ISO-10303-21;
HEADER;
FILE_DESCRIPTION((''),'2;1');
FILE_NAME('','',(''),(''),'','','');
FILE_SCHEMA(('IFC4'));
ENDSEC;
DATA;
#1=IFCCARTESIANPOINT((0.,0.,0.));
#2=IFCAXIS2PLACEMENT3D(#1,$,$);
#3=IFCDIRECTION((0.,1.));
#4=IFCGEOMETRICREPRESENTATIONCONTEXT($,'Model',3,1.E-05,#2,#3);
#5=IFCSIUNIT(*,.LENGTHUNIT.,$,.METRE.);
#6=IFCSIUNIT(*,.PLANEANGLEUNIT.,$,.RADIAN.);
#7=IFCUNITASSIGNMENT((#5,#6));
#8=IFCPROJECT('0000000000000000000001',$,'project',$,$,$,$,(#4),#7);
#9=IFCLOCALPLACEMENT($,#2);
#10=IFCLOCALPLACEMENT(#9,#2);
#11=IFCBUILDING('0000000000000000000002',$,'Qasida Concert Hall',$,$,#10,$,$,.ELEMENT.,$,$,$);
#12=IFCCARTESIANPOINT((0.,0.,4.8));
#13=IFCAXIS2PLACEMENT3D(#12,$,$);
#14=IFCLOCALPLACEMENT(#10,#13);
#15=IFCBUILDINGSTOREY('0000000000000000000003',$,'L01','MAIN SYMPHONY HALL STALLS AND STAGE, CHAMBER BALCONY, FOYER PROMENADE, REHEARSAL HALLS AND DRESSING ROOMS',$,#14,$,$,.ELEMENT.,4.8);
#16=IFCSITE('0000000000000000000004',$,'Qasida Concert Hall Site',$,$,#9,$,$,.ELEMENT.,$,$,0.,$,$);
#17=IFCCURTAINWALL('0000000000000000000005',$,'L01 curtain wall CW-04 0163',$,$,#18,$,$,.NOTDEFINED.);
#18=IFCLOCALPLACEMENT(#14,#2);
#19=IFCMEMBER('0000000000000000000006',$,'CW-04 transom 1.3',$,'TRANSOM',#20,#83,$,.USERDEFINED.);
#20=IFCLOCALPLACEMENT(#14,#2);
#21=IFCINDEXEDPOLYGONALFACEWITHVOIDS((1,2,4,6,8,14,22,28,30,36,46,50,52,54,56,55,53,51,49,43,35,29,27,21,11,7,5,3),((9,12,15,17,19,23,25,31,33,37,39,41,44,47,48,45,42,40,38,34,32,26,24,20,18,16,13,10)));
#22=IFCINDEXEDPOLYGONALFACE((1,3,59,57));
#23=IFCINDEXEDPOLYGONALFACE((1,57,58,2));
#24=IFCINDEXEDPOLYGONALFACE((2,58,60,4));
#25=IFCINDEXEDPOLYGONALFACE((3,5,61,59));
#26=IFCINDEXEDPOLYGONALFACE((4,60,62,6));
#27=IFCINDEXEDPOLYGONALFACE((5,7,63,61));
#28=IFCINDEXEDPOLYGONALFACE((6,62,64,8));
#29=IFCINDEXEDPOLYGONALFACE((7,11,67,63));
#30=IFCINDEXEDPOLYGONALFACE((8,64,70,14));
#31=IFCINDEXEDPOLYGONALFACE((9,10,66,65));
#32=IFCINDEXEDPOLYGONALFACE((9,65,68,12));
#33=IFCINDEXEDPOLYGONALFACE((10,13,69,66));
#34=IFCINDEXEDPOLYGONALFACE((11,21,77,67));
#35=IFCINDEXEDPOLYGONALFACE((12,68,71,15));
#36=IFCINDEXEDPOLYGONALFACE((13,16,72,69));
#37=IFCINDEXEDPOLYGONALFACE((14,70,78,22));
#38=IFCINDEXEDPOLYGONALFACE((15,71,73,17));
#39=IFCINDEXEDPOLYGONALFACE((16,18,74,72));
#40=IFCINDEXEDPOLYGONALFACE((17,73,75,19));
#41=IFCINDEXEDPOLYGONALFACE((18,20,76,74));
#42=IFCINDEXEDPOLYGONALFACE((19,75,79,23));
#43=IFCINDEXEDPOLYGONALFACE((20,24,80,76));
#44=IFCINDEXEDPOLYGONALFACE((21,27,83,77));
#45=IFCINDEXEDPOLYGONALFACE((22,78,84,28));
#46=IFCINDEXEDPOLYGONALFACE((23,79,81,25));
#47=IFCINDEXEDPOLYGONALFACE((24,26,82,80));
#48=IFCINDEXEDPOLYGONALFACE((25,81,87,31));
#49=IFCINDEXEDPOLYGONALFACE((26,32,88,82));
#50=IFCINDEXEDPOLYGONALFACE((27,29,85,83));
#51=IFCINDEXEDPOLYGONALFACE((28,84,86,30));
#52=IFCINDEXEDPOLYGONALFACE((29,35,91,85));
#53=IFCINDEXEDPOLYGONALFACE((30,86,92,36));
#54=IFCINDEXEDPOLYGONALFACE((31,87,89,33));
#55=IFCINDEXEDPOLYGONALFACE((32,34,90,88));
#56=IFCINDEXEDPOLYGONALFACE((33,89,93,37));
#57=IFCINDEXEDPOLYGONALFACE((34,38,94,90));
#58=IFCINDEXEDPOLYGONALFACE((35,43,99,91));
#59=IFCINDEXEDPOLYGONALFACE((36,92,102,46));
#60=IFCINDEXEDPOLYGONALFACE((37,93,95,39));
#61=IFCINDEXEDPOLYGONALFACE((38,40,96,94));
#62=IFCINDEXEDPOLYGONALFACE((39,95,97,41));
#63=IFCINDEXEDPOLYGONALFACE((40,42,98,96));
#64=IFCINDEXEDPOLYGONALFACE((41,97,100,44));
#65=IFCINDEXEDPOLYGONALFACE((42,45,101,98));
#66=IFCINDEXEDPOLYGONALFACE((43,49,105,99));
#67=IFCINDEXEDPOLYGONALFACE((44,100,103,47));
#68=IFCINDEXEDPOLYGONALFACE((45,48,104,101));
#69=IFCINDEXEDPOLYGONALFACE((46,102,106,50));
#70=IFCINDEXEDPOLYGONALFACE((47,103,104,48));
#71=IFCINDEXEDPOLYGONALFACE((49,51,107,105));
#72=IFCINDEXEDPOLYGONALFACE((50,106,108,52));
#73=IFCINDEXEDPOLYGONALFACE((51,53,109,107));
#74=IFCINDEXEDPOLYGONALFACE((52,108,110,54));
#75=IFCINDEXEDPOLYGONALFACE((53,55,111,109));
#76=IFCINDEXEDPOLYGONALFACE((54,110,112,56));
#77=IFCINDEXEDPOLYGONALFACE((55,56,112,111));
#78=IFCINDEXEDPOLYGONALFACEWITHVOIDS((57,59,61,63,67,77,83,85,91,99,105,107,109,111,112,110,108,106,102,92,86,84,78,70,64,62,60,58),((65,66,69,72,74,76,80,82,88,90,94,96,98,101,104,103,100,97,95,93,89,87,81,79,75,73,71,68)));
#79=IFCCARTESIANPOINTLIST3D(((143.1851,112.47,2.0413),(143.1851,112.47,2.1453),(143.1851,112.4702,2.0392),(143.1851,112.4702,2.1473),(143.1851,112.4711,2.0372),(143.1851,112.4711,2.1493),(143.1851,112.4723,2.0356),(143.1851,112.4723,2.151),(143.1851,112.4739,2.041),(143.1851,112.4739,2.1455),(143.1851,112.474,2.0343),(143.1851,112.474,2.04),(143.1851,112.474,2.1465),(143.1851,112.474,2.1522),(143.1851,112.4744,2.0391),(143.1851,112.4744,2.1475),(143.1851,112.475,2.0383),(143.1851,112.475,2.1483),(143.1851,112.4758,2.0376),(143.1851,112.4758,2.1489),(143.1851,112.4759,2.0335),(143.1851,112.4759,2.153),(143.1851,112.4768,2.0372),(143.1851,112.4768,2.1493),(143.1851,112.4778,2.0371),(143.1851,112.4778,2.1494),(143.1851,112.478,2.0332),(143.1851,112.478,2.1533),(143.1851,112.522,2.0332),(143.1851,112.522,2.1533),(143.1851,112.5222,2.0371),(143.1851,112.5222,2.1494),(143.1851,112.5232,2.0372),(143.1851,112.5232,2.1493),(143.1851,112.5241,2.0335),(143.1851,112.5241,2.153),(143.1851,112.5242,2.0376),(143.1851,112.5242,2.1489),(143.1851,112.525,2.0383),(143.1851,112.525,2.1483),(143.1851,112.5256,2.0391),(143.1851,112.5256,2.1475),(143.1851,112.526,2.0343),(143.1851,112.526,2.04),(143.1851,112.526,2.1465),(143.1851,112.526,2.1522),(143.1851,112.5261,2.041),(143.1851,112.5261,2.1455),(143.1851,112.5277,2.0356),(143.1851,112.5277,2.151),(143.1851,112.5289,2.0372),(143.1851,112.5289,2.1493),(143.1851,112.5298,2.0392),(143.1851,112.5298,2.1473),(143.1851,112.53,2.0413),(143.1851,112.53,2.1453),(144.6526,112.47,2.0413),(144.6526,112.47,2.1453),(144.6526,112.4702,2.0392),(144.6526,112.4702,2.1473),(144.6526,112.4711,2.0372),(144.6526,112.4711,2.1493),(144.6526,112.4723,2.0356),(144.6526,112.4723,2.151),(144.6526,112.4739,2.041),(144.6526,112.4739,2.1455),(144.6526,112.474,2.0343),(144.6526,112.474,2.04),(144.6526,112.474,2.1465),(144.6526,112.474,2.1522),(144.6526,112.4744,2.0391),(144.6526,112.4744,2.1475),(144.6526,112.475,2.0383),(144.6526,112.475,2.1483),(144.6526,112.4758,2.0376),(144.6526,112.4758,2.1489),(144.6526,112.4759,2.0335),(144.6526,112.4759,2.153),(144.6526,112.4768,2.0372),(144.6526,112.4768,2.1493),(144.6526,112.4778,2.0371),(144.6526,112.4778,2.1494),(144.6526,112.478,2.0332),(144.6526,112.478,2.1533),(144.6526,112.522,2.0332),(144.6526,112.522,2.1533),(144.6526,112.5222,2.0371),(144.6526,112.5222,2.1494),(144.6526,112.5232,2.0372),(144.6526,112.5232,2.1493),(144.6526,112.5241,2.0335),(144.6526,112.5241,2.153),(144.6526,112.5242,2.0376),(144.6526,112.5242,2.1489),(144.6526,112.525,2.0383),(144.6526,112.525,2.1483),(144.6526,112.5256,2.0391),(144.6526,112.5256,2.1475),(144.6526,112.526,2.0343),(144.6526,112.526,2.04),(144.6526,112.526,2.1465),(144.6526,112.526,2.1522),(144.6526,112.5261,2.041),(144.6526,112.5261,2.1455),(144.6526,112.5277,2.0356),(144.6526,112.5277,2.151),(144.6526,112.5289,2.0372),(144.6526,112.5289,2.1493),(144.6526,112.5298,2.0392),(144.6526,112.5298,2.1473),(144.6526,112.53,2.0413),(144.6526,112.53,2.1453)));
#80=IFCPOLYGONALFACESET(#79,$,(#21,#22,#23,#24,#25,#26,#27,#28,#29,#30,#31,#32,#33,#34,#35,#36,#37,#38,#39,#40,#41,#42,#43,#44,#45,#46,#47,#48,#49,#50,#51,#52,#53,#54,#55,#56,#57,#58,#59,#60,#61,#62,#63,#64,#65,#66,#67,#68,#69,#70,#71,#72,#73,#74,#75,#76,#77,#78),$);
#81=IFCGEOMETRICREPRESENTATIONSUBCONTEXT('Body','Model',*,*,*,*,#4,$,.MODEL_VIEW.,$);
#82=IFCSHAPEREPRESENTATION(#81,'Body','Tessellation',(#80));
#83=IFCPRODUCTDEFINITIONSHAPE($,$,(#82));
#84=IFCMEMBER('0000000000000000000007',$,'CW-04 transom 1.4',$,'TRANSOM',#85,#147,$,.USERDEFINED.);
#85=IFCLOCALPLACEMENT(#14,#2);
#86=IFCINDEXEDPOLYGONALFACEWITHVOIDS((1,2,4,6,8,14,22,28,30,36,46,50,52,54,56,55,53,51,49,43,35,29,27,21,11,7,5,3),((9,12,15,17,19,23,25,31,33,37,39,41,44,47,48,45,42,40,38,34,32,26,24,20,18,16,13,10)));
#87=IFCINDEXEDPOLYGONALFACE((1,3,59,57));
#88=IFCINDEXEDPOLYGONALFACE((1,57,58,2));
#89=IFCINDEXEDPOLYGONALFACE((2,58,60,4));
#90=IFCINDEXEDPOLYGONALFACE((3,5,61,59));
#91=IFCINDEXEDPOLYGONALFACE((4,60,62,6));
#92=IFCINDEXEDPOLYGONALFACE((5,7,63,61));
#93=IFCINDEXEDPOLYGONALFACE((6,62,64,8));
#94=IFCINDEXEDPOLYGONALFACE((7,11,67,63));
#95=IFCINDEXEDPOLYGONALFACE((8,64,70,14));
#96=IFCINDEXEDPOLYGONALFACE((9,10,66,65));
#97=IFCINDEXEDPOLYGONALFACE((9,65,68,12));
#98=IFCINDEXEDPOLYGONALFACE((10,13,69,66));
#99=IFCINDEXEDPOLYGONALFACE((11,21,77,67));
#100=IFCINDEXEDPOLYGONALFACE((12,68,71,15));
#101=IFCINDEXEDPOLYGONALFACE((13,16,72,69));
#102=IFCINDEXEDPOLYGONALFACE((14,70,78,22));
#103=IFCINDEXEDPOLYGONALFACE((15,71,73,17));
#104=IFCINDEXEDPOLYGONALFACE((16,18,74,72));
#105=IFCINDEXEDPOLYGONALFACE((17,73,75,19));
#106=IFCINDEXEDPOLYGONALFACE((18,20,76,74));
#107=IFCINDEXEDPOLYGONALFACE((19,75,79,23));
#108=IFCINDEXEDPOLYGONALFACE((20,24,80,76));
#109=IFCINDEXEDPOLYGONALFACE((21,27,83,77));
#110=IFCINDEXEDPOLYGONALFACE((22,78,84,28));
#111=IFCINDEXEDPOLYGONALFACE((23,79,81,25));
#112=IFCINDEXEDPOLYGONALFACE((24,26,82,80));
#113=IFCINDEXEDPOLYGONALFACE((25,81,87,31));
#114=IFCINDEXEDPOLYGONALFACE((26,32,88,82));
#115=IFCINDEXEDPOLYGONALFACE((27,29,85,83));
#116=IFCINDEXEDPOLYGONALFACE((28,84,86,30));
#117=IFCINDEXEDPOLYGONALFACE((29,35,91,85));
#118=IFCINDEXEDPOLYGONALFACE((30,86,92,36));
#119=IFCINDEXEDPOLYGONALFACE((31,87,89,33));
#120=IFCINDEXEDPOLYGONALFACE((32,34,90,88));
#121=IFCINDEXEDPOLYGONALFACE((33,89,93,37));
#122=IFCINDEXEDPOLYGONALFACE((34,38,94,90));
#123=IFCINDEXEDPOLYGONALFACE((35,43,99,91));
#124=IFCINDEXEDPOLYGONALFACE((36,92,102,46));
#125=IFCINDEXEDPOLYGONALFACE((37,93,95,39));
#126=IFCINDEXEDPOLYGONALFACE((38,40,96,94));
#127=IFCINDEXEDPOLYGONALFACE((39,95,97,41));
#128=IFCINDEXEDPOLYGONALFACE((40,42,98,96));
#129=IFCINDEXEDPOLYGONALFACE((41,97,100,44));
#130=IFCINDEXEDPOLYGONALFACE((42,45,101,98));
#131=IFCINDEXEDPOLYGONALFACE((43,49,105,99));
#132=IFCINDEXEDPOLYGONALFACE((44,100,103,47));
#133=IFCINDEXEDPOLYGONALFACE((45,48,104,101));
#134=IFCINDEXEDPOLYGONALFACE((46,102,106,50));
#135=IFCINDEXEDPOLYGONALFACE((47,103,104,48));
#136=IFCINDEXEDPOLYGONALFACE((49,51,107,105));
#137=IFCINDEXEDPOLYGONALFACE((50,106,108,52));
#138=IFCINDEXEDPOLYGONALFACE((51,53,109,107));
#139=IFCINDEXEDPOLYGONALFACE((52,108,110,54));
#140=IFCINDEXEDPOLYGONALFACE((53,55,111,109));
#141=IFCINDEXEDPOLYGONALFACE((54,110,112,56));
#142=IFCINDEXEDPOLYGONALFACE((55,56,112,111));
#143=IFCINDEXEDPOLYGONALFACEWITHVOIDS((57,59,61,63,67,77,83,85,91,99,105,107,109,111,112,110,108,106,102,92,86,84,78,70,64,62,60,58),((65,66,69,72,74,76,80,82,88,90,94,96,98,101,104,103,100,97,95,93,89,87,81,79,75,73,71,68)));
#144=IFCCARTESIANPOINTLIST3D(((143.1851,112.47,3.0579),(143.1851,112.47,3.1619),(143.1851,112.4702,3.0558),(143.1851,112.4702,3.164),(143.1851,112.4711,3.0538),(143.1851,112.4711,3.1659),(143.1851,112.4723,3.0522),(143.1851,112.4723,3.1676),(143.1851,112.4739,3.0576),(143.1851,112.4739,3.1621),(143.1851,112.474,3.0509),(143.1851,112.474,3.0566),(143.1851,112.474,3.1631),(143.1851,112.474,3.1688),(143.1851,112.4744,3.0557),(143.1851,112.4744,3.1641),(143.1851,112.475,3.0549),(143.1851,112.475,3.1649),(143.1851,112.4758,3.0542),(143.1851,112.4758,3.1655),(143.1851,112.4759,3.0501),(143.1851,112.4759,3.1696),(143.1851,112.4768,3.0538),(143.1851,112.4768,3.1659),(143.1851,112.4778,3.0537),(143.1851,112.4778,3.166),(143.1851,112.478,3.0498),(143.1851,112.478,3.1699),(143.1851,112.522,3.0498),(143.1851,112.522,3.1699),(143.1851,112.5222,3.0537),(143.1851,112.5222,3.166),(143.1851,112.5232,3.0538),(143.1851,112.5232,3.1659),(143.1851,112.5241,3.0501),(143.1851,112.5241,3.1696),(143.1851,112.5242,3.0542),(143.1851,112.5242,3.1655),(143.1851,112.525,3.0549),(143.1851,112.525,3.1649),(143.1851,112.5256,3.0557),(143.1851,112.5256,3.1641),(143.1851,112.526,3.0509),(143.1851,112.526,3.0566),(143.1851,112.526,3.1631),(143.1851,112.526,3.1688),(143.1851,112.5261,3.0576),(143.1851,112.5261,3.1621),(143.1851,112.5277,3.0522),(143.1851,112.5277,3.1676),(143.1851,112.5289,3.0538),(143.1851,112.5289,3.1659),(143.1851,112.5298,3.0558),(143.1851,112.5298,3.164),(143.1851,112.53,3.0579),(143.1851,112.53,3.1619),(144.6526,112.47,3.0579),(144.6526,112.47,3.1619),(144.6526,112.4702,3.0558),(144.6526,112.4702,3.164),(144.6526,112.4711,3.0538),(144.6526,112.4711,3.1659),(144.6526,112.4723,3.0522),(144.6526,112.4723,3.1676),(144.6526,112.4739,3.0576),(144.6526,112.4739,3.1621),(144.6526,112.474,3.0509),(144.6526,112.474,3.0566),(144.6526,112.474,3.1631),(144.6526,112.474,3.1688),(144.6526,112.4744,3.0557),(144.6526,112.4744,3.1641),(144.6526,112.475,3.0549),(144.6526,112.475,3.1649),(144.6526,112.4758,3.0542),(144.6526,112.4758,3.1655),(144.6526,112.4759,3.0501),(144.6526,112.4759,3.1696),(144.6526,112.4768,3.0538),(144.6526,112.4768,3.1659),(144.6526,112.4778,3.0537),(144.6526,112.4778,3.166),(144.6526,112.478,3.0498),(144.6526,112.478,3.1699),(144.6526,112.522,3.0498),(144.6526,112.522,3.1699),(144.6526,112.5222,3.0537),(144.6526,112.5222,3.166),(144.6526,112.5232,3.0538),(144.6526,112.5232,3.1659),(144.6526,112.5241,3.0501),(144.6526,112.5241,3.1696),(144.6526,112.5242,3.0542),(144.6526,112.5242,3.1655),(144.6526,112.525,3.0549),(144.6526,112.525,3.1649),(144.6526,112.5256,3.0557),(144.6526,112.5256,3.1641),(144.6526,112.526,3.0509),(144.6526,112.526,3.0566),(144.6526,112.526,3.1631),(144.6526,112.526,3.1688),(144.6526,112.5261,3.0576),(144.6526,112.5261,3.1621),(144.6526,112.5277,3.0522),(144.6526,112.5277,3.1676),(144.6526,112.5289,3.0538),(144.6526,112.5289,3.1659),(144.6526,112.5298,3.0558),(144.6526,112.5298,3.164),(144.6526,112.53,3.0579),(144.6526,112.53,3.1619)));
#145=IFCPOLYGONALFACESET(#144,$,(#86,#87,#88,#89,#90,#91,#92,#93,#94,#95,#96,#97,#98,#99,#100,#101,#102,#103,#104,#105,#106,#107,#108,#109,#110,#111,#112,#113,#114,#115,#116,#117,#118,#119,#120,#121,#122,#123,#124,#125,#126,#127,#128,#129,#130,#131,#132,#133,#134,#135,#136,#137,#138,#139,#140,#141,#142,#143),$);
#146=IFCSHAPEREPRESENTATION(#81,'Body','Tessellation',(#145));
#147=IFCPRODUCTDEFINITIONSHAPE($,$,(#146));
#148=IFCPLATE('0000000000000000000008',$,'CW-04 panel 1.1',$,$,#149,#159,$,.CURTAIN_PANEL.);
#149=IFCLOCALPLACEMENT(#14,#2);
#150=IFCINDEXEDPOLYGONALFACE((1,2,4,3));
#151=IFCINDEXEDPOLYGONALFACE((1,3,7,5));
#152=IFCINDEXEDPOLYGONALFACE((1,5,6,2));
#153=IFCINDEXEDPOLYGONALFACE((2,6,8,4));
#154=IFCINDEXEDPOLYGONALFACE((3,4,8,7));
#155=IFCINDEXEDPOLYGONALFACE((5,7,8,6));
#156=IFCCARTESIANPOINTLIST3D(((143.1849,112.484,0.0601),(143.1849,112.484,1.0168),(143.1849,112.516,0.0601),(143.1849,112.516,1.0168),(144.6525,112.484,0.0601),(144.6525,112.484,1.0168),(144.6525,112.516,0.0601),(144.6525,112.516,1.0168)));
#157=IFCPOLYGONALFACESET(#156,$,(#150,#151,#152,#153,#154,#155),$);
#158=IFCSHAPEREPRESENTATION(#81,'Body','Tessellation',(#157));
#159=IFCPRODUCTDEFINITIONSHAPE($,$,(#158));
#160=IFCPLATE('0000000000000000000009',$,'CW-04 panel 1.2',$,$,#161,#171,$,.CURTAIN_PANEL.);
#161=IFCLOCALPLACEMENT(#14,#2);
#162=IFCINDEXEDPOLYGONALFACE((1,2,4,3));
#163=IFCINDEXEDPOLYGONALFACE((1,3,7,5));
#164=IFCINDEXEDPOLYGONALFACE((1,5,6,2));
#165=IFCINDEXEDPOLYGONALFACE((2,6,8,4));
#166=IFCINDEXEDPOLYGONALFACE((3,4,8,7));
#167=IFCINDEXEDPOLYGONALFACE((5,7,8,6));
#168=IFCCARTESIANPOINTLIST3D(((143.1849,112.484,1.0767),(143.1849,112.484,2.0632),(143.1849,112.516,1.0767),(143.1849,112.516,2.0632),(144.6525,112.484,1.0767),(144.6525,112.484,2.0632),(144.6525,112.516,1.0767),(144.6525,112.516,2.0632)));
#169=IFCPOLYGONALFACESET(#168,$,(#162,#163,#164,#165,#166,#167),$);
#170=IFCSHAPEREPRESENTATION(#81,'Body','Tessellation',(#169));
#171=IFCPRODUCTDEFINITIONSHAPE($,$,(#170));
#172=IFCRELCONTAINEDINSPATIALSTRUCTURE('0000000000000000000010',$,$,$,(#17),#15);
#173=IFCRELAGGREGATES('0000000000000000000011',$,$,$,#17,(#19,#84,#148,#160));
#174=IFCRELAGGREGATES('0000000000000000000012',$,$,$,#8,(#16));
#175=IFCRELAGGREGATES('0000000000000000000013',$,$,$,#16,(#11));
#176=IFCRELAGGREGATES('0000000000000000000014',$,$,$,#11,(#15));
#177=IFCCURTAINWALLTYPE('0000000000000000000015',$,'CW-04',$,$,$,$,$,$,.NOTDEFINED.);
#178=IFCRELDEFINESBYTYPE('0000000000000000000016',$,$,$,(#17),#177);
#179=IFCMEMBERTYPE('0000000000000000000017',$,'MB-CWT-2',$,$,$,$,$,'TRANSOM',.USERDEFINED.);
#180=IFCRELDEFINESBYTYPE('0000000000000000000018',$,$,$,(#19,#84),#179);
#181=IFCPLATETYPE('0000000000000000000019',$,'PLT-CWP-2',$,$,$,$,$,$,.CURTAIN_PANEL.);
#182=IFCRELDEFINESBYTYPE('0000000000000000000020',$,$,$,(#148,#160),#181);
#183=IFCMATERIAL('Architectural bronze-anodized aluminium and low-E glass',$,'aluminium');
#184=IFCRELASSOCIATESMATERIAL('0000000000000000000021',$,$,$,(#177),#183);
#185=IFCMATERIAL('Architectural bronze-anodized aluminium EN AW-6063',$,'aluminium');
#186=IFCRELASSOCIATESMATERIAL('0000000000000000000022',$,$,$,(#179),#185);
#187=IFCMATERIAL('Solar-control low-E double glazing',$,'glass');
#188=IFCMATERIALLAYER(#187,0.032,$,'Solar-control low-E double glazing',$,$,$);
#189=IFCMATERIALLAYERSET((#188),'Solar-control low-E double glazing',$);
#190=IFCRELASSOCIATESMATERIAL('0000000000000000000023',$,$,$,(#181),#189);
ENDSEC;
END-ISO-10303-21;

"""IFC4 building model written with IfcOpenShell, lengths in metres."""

from ifc_helpers import new_model, si_unit, direction, frame, origin, origin_2d, place, context, subcontext, project, spatial, rectangle, hollow_rectangle, extrude, material, layer, layer_set, material_profile, profile_set, type_object, element, aggregate, save


model = new_model("IFC4")

# Units and contexts
model_context = context("Model", 3, precision=1e-05, world=origin(), true_north=direction((0.0, 1.0)))
body_context = subcontext(model_context, "Body", "Model", "MODEL_VIEW")
ifc_project = project(units=[si_unit("LENGTHUNIT", "METRE"), si_unit("PLANEANGLEUNIT", "RADIAN")], contexts=[model_context])

# Site, building, storey
site_placement = place(None, origin())
site = spatial("IfcSite", under=ifc_project, at=site_placement, Name="Qasida Concert Hall Site", CompositionType="ELEMENT", RefElevation=0.0)
building_placement = place(site_placement, origin())
building = spatial("IfcBuilding", under=site, at=building_placement, Name="Qasida Concert Hall", CompositionType="ELEMENT")
storey_placement = place(building_placement, frame((0.0, 0.0, 4.8)))
storey = spatial("IfcBuildingStorey", under=building, at=storey_placement, Name="L01", Description="MAIN SYMPHONY HALL STALLS AND STAGE, CHAMBER BALCONY, FOYER PROMENADE, REHEARSAL HALLS AND DRESSING ROOMS", CompositionType="ELEMENT", Elevation=4.8)

# Curtain wall, members, plates
ifc_material_1 = material(Name="Architectural bronze-anodized aluminium and low-E glass", Category="aluminium")
curtain_wall_type = type_object("IfcCurtainWallType", Name="CW-04", PredefinedType="NOTDEFINED", material=ifc_material_1)
curtain_wall_placement = place(storey_placement, origin())
curtain_wall = element("IfcCurtainWall", 1, at=curtain_wall_placement, inside=storey, type_object=curtain_wall_type, Name="L01 curtain wall CW-04 0163", PredefinedType="NOTDEFINED")
ifc_material_2 = material(Name="Architectural bronze-anodized aluminium EN AW-6063", Category="aluminium")
ifc_material_profile_1 = material_profile(ifc_material_2, hollow_rectangle(XDim=0.0601, YDim=0.1201, WallThickness=0.0039, InnerFilletRadius=0.0039, OuterFilletRadius=0.0081, at=origin_2d()), Name="CWT 120x60x4")
ifc_profile_set_1 = profile_set([ifc_material_profile_1], Name="Architectural bronze-anodized aluminium EN AW-6063")
member_type_1 = type_object("IfcMemberType", Name="MB-CWT-2", ElementType="TRANSOM", PredefinedType="USERDEFINED", material=ifc_profile_set_1)
member_1_placement = place(storey_placement, frame((143.1851, 112.5, 2.0933), z_axis=(1.0, 0.0, 0.0), x_axis=(0.0, 1.0, 0.0)))
member_1 = element("IfcMember", 2, at=member_1_placement, type_object=member_type_1, Name="CW-04 transom 1.3", ObjectType="TRANSOM", PredefinedType="USERDEFINED", context=body_context, shape_type="SweptSolid", body=[
    extrude(hollow_rectangle(XDim=0.0601, YDim=0.1201, WallThickness=0.0039, InnerFilletRadius=0.0039, OuterFilletRadius=0.0081, at=origin_2d()), origin(), (0.0, 0.0, 1.0), 1.4675),
])
member_2_placement = place(storey_placement, frame((143.1851, 112.5, 3.1099), z_axis=(1.0, 0.0, 0.0), x_axis=(0.0, 1.0, 0.0)))
member_2 = element("IfcMember", 3, at=member_2_placement, type_object=member_type_1, Name="CW-04 transom 1.4", ObjectType="TRANSOM", PredefinedType="USERDEFINED", context=body_context, shape_type="SweptSolid", body=[
    extrude(hollow_rectangle(XDim=0.0601, YDim=0.1201, WallThickness=0.0039, InnerFilletRadius=0.0039, OuterFilletRadius=0.0081, at=origin_2d()), origin(), (0.0, 0.0, 1.0), 1.4675),
])
ifc_material_3 = material(Name="Solar-control low-E double glazing", Category="glass")
ifc_layer_1 = layer(ifc_material_3, 0.032, Name="Solar-control low-E double glazing")
ifc_layer_set_1 = layer_set([ifc_layer_1], Name="Solar-control low-E double glazing")
plate_type = type_object("IfcPlateType", Name="PLT-CWP-2", PredefinedType="CURTAIN_PANEL", material=ifc_layer_set_1)
plate_1_placement = place(storey_placement, frame((143.9187, 112.5, 0.0601), z_axis=(0.0, 0.0, 1.0), x_axis=(1.0, 0.0, 0.0)))
plate_1 = element("IfcPlate", 4, at=plate_1_placement, type_object=plate_type, Name="CW-04 panel 1.1", PredefinedType="CURTAIN_PANEL", context=body_context, shape_type="SweptSolid", body=[
    extrude(rectangle(XDim=1.4675, YDim=0.032, at=origin_2d()), origin(), (0.0, 0.0, 1.0), 0.9568),
])
plate_2_placement = place(storey_placement, frame((143.9187, 112.5, 1.0767), z_axis=(0.0, 0.0, 1.0), x_axis=(1.0, 0.0, 0.0)))
plate_2 = element("IfcPlate", 5, at=plate_2_placement, type_object=plate_type, Name="CW-04 panel 1.2", PredefinedType="CURTAIN_PANEL", context=body_context, shape_type="SweptSolid", body=[
    extrude(rectangle(XDim=1.4675, YDim=0.032, at=origin_2d()), origin(), (0.0, 0.0, 1.0), 0.9866),
])
aggregate(curtain_wall, [member_1, member_2, plate_1, plate_2])

save(model, "model.ifc")
